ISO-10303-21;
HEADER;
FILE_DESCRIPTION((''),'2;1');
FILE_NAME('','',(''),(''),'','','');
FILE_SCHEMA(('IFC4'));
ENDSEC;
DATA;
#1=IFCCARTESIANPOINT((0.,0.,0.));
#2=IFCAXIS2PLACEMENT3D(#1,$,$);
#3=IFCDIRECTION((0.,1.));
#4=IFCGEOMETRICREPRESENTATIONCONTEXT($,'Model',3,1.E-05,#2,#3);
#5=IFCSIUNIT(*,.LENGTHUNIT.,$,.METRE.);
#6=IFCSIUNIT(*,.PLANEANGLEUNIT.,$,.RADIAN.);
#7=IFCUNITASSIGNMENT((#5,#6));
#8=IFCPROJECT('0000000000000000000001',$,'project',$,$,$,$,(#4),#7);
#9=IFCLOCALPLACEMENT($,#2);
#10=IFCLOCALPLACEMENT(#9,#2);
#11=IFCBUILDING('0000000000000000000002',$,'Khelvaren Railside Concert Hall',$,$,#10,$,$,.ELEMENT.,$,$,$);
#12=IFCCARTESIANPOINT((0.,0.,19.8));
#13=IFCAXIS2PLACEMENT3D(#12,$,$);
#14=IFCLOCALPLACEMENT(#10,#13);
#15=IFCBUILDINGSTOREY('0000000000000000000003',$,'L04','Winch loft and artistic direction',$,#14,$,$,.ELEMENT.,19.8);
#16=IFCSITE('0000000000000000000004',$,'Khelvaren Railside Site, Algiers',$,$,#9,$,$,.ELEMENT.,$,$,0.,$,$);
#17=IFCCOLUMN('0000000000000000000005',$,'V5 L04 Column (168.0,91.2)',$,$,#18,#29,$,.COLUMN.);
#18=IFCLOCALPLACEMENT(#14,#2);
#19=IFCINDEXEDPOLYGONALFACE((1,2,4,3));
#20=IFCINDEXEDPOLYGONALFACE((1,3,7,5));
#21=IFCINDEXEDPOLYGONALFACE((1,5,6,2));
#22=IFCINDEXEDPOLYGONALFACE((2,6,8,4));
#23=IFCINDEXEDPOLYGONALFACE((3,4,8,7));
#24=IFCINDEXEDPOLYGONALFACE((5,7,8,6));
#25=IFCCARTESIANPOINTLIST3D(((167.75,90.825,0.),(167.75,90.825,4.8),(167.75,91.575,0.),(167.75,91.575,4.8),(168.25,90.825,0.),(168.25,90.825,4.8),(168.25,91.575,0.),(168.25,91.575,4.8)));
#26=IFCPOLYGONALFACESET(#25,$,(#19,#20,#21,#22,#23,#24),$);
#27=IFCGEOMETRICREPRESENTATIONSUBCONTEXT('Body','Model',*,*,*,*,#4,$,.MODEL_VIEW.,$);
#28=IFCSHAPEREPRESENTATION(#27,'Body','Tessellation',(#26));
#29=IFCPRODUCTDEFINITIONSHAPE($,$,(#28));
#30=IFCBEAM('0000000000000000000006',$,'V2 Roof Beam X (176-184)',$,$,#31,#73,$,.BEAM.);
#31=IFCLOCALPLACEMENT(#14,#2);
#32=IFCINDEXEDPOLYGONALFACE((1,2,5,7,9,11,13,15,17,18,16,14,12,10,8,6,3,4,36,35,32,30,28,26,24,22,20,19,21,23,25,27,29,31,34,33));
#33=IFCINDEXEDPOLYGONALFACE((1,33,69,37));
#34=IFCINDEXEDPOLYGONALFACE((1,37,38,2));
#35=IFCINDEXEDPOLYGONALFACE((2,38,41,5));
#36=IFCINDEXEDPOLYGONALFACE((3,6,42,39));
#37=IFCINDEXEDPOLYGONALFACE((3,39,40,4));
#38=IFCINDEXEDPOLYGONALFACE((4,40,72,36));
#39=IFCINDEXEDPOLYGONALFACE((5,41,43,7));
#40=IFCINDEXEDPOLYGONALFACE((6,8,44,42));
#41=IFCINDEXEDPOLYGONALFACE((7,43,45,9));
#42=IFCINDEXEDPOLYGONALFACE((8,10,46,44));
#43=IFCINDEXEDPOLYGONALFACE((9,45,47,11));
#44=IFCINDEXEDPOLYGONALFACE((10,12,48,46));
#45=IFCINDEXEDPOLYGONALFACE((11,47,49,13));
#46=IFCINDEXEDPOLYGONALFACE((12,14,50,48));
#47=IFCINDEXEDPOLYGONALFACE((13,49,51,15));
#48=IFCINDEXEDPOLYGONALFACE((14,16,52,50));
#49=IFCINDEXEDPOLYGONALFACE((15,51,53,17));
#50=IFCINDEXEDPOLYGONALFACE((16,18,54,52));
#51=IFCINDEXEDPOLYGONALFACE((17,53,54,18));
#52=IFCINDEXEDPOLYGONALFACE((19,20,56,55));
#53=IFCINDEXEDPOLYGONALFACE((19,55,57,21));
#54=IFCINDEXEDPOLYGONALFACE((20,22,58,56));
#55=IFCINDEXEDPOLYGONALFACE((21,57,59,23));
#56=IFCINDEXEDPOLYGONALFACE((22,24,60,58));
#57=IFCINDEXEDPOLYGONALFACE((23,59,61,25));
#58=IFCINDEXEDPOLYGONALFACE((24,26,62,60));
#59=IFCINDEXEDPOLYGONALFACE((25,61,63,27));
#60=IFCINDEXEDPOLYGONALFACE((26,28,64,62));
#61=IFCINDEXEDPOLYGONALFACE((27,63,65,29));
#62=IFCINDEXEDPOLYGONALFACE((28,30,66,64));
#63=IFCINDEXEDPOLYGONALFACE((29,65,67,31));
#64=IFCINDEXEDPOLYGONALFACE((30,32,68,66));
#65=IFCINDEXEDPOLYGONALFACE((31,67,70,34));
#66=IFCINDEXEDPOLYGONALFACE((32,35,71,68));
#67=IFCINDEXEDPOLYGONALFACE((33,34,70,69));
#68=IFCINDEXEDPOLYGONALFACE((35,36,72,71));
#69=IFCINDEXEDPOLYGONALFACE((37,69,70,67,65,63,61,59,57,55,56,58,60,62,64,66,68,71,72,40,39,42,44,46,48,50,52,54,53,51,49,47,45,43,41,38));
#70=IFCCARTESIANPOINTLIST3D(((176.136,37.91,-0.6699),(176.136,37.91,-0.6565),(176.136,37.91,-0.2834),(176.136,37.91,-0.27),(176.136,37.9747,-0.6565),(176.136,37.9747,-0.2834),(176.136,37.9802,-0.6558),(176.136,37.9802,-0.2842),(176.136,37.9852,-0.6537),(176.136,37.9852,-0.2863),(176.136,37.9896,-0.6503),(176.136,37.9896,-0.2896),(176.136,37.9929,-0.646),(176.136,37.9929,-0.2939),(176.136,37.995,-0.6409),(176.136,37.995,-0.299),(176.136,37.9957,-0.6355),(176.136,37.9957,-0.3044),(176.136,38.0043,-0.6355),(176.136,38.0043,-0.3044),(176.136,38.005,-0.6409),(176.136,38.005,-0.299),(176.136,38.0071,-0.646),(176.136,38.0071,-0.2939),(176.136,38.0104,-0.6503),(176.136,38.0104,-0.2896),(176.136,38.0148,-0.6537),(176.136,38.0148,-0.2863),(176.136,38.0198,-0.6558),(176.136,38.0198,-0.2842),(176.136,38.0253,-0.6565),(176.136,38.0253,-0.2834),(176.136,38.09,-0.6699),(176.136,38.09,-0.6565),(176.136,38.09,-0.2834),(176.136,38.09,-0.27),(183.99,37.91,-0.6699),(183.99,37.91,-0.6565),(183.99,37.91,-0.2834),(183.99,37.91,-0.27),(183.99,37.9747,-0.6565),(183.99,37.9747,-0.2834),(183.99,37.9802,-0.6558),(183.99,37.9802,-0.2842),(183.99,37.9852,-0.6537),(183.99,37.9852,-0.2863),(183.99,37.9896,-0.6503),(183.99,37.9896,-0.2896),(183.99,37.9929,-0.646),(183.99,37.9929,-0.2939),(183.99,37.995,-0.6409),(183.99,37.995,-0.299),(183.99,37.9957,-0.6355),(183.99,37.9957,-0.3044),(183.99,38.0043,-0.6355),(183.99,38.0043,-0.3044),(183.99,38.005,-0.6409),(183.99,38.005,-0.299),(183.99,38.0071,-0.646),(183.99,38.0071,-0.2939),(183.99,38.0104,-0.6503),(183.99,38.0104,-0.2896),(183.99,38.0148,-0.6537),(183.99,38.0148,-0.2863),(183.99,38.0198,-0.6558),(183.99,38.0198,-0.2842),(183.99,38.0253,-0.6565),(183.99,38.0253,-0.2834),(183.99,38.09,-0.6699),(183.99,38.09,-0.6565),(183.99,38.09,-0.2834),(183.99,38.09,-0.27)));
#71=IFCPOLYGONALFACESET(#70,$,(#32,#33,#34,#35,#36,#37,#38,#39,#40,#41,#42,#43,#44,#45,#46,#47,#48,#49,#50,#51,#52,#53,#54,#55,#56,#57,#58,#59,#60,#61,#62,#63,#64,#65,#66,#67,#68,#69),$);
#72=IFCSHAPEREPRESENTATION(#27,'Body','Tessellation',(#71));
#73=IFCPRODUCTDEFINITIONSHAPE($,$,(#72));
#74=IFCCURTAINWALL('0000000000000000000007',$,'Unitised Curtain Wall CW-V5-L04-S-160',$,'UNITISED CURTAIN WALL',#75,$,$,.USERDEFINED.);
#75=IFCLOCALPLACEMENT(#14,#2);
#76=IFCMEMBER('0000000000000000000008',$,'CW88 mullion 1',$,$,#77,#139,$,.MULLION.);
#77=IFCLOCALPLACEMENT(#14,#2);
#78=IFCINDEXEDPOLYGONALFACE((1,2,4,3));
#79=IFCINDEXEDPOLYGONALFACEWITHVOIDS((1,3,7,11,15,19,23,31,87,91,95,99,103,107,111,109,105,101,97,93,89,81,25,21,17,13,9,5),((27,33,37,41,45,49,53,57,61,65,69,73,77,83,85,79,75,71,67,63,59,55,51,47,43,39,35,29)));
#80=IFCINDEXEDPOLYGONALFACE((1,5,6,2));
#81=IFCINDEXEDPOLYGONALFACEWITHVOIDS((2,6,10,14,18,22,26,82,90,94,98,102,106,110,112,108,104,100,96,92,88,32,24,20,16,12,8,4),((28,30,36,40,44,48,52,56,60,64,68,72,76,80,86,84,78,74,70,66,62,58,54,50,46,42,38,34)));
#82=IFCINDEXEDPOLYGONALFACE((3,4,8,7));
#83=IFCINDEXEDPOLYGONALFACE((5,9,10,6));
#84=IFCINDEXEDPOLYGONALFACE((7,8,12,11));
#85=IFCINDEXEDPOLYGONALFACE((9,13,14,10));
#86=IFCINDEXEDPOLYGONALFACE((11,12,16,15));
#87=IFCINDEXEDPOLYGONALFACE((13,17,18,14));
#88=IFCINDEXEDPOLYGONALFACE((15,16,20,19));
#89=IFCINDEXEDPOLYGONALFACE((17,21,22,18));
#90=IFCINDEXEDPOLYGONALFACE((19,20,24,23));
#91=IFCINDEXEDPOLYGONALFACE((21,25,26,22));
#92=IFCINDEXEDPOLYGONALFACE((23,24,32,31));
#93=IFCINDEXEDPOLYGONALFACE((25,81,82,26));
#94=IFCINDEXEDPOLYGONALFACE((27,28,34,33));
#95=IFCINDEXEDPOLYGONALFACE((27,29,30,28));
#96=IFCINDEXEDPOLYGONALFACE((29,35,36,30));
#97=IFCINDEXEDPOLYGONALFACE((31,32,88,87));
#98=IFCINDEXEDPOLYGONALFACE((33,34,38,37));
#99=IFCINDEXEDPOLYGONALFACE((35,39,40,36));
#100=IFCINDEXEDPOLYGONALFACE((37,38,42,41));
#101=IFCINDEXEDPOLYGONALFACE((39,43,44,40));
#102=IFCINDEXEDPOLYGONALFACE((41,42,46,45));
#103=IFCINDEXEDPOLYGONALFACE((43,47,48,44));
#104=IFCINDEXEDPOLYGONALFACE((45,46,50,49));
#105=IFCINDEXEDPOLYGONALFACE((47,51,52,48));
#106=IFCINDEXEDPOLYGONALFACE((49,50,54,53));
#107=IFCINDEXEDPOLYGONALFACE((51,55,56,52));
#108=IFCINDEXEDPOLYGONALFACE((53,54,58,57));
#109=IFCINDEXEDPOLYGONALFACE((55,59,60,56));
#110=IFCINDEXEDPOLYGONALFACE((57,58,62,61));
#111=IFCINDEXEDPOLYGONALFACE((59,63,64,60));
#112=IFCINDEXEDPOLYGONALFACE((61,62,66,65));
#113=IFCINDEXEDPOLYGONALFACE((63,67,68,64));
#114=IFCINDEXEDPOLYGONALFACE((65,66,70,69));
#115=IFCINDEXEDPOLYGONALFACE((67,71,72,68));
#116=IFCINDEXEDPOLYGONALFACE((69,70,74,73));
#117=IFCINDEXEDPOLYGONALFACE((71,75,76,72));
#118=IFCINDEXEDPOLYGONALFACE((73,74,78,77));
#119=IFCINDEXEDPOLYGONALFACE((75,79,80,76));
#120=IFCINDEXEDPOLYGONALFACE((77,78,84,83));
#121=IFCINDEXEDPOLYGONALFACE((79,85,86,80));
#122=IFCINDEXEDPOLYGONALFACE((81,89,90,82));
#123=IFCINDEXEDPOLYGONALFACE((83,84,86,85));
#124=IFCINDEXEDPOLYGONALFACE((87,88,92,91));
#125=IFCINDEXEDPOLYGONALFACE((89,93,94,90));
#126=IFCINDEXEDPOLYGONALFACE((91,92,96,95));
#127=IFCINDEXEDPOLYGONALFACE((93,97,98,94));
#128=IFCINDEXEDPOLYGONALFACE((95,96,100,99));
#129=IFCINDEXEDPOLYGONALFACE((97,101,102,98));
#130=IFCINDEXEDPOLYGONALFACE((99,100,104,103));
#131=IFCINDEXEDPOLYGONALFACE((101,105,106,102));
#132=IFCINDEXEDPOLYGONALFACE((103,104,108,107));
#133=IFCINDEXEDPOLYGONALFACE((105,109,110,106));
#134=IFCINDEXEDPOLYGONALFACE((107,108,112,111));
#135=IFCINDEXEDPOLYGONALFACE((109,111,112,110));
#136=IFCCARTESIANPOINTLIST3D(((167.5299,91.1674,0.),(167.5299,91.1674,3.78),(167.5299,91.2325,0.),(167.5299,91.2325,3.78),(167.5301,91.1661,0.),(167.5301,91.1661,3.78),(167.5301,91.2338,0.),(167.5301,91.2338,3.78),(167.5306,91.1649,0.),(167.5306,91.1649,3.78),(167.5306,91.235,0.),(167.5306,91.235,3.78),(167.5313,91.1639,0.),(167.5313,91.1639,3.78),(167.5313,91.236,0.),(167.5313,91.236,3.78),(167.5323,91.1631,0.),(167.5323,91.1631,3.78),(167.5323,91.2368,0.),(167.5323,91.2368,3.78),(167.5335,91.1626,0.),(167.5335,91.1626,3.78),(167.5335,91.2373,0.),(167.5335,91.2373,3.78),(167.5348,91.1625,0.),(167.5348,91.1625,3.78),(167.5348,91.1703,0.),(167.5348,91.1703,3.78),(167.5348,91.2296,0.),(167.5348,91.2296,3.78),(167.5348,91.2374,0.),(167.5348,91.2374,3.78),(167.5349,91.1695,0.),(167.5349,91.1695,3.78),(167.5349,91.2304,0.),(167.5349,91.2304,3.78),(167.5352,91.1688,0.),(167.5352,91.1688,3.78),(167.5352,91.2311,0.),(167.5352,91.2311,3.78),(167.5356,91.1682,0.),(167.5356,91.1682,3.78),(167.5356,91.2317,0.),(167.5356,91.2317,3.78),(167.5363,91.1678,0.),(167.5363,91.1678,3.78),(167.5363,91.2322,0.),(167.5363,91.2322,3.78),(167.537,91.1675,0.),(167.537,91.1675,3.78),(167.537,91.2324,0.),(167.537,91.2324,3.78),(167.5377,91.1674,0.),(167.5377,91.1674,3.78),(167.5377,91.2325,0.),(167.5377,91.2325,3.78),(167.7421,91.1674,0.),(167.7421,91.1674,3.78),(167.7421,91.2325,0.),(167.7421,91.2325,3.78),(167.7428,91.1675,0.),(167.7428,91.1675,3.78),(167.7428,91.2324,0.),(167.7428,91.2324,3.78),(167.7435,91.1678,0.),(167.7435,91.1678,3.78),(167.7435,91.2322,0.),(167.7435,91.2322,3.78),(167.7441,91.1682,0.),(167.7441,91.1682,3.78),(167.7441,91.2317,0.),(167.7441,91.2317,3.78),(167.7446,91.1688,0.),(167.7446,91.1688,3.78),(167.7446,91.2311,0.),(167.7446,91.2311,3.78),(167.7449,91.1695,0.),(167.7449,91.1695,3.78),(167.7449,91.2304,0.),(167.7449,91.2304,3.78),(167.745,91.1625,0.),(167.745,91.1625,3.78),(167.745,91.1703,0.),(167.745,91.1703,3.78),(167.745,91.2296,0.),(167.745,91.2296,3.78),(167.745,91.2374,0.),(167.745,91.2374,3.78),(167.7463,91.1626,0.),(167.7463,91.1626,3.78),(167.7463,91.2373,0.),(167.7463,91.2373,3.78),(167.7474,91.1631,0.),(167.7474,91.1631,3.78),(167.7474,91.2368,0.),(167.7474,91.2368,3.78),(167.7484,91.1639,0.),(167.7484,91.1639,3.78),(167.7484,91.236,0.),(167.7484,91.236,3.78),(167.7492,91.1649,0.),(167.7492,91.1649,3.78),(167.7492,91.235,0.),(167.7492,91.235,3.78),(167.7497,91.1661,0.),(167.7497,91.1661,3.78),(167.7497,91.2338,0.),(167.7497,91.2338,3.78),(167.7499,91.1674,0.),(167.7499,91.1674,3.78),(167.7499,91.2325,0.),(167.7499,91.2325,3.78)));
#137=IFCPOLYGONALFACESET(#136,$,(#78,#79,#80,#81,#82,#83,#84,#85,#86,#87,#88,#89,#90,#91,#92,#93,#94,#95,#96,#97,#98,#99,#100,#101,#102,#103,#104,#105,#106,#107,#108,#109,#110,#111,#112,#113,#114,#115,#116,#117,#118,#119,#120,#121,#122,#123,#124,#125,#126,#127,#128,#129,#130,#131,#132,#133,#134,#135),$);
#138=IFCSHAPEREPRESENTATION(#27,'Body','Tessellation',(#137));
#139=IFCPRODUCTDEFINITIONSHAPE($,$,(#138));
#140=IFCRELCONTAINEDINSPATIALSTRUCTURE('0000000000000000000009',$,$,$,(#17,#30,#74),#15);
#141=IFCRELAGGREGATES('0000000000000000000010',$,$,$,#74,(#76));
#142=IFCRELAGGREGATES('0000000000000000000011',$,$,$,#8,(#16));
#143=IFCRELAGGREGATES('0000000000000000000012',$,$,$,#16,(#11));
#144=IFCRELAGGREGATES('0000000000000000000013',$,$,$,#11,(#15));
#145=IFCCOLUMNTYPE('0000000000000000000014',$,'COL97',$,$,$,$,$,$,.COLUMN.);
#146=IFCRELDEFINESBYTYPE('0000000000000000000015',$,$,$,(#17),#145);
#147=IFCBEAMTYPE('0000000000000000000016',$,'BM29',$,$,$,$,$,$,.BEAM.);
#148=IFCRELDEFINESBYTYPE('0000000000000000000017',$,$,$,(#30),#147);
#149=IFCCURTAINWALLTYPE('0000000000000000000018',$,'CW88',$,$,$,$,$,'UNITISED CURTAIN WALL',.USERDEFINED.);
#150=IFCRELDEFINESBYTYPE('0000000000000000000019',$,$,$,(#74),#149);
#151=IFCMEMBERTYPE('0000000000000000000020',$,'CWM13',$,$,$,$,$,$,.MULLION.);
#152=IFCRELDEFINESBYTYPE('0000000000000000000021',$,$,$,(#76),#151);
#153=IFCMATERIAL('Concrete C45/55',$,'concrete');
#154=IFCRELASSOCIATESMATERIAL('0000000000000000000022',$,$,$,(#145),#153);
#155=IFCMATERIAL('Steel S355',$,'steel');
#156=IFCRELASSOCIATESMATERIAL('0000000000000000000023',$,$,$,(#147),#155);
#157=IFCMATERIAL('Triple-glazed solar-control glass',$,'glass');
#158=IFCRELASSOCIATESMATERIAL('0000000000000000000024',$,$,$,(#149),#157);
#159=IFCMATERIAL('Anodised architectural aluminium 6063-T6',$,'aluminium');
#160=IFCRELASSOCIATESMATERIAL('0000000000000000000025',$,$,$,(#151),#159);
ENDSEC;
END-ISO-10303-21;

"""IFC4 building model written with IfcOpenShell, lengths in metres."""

from ifc_helpers import new_model, si_unit, direction, frame, origin, origin_2d, place, context, subcontext, project, spatial, rectangle, hollow_rectangle, i_section, extrude, material, material_profile, profile_set, type_object, element, aggregate, save


model = new_model("IFC4")

# Units and contexts
model_context = context("Model", 3, precision=1e-05, world=origin(), true_north=direction((0.0, 1.0)))
body_context = subcontext(model_context, "Body", "Model", "MODEL_VIEW")
ifc_project = project(units=[si_unit("LENGTHUNIT", "METRE"), si_unit("PLANEANGLEUNIT", "RADIAN")], contexts=[model_context])

# Site, building, storey
site_placement = place(None, origin())
site = spatial("IfcSite", under=ifc_project, at=site_placement, Name="Khelvaren Railside Site, Algiers", CompositionType="ELEMENT", RefElevation=0.0)
building_placement = place(site_placement, origin())
building = spatial("IfcBuilding", under=site, at=building_placement, Name="Khelvaren Railside Concert Hall", CompositionType="ELEMENT")
storey_placement = place(building_placement, frame((0.0, 0.0, 19.8)))
storey = spatial("IfcBuildingStorey", under=building, at=storey_placement, Name="L04", Description="Winch loft and artistic direction", CompositionType="ELEMENT", Elevation=19.8)

# Column
ifc_material_1 = material(Name="Concrete C45/55", Category="concrete")
ifc_material_profile_1 = material_profile(ifc_material_1, rectangle(XDim=0.5, YDim=0.75, at=origin_2d()), Name="RC 500x750")
ifc_profile_set_1 = profile_set([ifc_material_profile_1], Name="Concrete C45/55")
column_type = type_object("IfcColumnType", Name="COL97", PredefinedType="COLUMN", material=ifc_profile_set_1)
column_placement = place(storey_placement, frame((168.0, 91.2, 0.0), z_axis=(0.0, 0.0, 1.0), x_axis=(1.0, 0.0, 0.0)))
element("IfcColumn", 1, at=column_placement, inside=storey, type_object=column_type, Name="V5 L04 Column (168.0,91.2)", PredefinedType="COLUMN", context=body_context, shape_type="SweptSolid", body=[
    extrude(rectangle(XDim=0.5, YDim=0.75, at=origin_2d()), origin(), (0.0, 0.0, 1.0), 4.8),
])

# Beam
ifc_material_2 = material(Name="Steel S355", Category="steel")
ifc_material_profile_2 = material_profile(ifc_material_2, i_section(OverallWidth=0.1799, OverallDepth=0.3999, WebThickness=0.0085, FlangeThickness=0.0134, FilletRadius=0.021, at=origin_2d()), Name="IPE 400")
ifc_profile_set_2 = profile_set([ifc_material_profile_2], Name="Steel S355")
beam_type_1 = type_object("IfcBeamType", Name="BM29", PredefinedType="BEAM", material=ifc_profile_set_2)
beam_1_placement = place(storey_placement, frame((176.136, 38.0, -0.47), z_axis=(1.0, 0.0, 0.0), x_axis=(0.0, 1.0, 0.0)))
element("IfcBeam", 2, at=beam_1_placement, inside=storey, type_object=beam_type_1, Name="V2 Roof Beam X (176-184)", PredefinedType="BEAM", context=body_context, shape_type="SweptSolid", body=[
    extrude(i_section(OverallWidth=0.1799, OverallDepth=0.3999, WebThickness=0.0085, FlangeThickness=0.0134, FilletRadius=0.021, at=origin_2d()), origin(), (0.0, 0.0, 1.0), 7.854),
])

# Curtain wall, member
ifc_material_3 = material(Name="Triple-glazed solar-control glass", Category="glass")
curtain_wall_type_1 = type_object("IfcCurtainWallType", Name="CW88", ElementType="UNITISED CURTAIN WALL", PredefinedType="USERDEFINED", material=ifc_material_3)
curtain_wall_1_placement = place(storey_placement, origin())
curtain_wall_1 = element("IfcCurtainWall", 3, at=curtain_wall_1_placement, inside=storey, type_object=curtain_wall_type_1, Name="Unitised Curtain Wall CW-V5-L04-S-160", ObjectType="UNITISED CURTAIN WALL", PredefinedType="USERDEFINED")
ifc_material_4 = material(Name="Anodised architectural aluminium 6063-T6", Category="aluminium")
ifc_material_profile_3 = material_profile(ifc_material_4, hollow_rectangle(XDim=0.075, YDim=0.22, WallThickness=0.0049, InnerFilletRadius=0.0029, OuterFilletRadius=0.0049, at=origin_2d()), Name="CWM 75x220x5")
ifc_profile_set_3 = profile_set([ifc_material_profile_3], Name="Anodised architectural aluminium 6063-T6")
member_type_1 = type_object("IfcMemberType", Name="CWM13", PredefinedType="MULLION", material=ifc_profile_set_3)
member_1_placement = place(storey_placement, frame((167.6399, 91.2, 0.0), z_axis=(0.0, 0.0, 1.0), x_axis=(0.0, -1.0, 0.0)))
member_1 = element("IfcMember", 4, at=member_1_placement, type_object=member_type_1, Name="CW88 mullion 1", PredefinedType="MULLION", context=body_context, shape_type="SweptSolid", body=[
    extrude(hollow_rectangle(XDim=0.075, YDim=0.22, WallThickness=0.0049, InnerFilletRadius=0.0029, OuterFilletRadius=0.0049, at=origin_2d()), origin(), (0.0, 0.0, 1.0), 3.78),
])

aggregate(curtain_wall_1, [member_1])

save(model, "model.ifc")
